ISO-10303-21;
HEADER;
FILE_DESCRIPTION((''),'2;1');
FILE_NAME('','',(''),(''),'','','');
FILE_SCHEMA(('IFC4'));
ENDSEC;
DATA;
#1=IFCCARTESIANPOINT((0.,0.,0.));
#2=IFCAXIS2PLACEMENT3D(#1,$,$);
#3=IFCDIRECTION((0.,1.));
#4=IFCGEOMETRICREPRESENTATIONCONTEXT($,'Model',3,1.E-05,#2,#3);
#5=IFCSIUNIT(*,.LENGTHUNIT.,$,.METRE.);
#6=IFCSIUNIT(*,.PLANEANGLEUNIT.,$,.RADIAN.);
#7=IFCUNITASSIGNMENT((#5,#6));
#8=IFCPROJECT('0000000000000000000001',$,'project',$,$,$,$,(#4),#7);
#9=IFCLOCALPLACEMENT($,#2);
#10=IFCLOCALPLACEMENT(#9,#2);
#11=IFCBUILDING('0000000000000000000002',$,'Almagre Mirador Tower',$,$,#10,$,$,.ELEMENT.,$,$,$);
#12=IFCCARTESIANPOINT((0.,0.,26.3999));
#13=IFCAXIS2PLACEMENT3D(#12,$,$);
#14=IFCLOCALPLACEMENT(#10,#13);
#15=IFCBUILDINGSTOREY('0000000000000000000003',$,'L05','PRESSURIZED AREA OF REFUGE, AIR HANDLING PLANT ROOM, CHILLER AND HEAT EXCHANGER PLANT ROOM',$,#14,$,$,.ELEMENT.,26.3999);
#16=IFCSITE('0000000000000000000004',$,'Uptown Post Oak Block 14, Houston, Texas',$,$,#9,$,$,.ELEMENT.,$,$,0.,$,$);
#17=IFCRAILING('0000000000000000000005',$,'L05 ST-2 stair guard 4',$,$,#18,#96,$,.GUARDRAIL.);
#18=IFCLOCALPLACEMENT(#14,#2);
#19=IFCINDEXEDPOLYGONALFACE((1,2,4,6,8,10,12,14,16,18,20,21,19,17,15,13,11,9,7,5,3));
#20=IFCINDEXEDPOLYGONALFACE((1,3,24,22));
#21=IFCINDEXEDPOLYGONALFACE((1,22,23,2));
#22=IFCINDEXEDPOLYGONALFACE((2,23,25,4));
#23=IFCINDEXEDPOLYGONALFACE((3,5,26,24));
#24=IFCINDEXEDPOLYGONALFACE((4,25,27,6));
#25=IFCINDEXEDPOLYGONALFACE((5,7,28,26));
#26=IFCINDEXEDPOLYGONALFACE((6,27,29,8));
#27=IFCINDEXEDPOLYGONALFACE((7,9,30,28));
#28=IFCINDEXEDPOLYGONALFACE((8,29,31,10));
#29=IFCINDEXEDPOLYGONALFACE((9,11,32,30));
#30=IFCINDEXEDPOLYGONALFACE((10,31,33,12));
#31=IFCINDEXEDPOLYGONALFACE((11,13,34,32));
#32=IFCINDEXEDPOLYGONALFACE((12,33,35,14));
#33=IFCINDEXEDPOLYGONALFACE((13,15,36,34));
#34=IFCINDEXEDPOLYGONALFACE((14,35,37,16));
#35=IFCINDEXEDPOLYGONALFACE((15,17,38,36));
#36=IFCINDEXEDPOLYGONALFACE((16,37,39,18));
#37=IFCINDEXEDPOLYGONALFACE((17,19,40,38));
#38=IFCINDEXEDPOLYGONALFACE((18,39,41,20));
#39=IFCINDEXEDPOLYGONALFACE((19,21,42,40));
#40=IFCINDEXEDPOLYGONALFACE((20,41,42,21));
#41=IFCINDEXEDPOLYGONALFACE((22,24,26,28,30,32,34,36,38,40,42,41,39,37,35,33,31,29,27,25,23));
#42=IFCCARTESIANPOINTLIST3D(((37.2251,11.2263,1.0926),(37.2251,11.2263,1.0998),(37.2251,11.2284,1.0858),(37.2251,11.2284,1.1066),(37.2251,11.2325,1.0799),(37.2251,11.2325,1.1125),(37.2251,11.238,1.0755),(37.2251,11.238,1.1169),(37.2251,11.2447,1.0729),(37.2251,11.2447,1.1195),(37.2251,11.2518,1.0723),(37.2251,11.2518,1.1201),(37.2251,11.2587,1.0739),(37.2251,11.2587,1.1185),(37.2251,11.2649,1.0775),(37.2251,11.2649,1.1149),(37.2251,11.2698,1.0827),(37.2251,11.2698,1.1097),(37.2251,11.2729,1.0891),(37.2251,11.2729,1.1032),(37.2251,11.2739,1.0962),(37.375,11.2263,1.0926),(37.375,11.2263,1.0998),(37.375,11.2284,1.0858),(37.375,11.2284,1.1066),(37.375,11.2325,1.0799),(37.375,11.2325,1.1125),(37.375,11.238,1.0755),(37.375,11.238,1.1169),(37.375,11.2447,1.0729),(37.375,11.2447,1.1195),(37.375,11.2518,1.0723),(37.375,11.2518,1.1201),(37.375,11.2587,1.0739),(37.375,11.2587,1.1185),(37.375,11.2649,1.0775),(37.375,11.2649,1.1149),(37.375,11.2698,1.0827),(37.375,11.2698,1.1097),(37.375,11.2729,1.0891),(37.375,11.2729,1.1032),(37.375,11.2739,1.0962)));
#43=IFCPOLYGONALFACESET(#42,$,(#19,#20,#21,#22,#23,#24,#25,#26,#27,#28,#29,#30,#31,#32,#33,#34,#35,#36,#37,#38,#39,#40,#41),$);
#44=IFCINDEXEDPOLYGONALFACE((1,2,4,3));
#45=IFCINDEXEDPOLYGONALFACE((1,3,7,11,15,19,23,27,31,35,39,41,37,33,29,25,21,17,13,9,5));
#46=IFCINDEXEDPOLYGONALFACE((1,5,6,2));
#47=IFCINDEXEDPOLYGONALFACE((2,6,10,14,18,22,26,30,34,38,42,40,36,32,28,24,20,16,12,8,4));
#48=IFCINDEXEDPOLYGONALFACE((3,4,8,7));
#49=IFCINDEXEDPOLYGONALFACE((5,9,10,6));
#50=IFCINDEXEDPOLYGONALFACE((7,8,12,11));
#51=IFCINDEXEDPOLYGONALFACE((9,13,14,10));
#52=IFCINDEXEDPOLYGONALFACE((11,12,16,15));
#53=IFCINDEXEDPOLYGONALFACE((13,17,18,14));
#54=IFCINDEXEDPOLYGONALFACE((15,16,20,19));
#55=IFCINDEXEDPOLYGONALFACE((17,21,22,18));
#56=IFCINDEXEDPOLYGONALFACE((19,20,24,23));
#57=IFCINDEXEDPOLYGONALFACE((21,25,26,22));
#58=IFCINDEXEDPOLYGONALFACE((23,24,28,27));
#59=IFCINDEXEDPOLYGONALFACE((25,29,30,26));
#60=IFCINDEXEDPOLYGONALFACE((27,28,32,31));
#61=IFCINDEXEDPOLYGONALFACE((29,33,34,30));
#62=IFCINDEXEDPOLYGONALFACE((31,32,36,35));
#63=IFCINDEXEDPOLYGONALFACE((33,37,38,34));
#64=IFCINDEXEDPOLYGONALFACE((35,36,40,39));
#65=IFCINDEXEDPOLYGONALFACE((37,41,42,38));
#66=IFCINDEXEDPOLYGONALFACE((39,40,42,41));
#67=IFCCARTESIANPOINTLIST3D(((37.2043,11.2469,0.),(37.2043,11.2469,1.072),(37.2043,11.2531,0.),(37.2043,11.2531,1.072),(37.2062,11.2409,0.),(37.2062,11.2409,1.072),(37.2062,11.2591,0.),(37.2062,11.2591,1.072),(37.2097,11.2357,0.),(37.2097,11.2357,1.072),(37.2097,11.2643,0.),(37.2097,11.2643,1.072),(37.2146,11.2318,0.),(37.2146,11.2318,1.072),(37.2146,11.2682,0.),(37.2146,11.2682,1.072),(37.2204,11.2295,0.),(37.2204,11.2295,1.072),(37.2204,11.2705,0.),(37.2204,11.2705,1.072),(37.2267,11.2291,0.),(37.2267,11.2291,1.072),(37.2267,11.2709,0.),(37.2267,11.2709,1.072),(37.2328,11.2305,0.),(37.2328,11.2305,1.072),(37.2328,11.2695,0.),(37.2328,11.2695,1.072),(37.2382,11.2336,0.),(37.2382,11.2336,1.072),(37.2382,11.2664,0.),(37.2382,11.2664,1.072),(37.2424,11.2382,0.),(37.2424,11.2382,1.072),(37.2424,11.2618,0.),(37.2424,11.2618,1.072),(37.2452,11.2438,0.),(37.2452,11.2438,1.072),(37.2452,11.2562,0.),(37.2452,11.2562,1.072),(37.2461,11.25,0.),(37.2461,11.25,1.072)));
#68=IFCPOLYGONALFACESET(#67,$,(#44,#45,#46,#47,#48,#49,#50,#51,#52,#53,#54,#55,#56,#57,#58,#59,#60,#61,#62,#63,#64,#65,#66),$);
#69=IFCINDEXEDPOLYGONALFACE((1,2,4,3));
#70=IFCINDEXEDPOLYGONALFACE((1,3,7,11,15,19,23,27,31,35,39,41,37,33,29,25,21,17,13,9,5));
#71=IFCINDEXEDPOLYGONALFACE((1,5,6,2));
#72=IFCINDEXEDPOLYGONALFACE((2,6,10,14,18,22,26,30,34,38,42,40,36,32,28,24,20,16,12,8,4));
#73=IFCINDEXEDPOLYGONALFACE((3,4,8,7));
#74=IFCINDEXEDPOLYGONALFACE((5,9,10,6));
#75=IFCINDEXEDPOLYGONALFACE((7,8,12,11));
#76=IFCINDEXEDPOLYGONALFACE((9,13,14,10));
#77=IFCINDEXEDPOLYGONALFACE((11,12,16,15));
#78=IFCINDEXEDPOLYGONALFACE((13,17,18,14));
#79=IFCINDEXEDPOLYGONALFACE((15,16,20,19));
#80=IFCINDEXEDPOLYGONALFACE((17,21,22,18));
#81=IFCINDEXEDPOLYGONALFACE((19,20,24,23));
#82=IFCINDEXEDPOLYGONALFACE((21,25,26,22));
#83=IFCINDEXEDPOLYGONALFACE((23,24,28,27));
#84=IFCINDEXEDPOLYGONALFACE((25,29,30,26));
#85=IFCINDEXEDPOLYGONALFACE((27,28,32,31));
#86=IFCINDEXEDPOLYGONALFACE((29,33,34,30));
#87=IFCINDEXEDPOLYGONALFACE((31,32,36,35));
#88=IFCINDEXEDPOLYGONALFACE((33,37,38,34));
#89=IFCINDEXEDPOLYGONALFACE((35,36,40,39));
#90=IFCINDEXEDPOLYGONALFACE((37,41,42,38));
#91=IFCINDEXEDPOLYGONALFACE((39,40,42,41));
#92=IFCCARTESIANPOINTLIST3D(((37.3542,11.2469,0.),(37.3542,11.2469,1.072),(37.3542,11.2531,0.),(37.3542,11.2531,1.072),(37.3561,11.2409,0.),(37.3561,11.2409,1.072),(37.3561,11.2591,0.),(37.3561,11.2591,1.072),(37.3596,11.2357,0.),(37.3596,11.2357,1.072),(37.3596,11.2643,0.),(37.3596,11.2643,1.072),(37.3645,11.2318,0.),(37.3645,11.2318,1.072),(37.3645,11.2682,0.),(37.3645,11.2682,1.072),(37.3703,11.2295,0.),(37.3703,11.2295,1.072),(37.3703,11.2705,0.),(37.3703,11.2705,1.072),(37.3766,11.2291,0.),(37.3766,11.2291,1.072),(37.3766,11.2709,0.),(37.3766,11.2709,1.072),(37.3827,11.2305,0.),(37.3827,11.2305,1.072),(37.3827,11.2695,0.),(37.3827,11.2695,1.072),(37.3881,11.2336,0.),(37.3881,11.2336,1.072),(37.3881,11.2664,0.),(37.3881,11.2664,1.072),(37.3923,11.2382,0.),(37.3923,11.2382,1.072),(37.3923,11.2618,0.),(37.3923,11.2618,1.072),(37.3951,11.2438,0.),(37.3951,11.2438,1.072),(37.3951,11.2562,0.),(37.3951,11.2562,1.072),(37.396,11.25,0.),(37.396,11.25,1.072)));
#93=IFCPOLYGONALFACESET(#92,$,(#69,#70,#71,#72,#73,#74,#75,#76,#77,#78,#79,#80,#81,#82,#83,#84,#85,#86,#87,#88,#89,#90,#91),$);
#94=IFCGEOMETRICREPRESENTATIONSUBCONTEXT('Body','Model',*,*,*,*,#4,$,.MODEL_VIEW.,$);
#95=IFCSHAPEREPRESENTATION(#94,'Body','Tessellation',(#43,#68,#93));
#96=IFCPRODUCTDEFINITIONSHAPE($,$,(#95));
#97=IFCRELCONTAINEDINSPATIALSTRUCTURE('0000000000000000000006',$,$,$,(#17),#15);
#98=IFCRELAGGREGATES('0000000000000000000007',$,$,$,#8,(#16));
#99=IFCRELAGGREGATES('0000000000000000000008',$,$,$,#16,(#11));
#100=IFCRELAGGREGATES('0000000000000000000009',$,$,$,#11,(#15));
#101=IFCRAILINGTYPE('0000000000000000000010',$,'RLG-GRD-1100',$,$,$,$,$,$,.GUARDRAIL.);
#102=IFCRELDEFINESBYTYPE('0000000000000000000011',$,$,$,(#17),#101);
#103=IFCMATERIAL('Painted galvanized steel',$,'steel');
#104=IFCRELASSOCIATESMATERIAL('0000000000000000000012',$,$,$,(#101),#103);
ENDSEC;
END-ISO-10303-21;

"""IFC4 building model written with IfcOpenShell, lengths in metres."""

from ifc_helpers import new_model, si_unit, direction, frame, origin, origin_2d, place, context, subcontext, project, spatial, circle, extrude, material, type_object, element, save


model = new_model("IFC4")

# Units and contexts
model_context = context("Model", 3, precision=1e-05, world=origin(), true_north=direction((0.0, 1.0)))
body_context = subcontext(model_context, "Body", "Model", "MODEL_VIEW")
ifc_project = project(units=[si_unit("LENGTHUNIT", "METRE"), si_unit("PLANEANGLEUNIT", "RADIAN")], contexts=[model_context])

# Site, building, storey
site_placement = place(None, origin())
site = spatial("IfcSite", under=ifc_project, at=site_placement, Name="Uptown Post Oak Block 14, Houston, Texas", CompositionType="ELEMENT", RefElevation=0.0)
building_placement = place(site_placement, origin())
building = spatial("IfcBuilding", under=site, at=building_placement, Name="Almagre Mirador Tower", CompositionType="ELEMENT")
storey_placement = place(building_placement, frame((0.0, 0.0, 26.3999)))
storey = spatial("IfcBuildingStorey", under=building, at=storey_placement, Name="L05", Description="PRESSURIZED AREA OF REFUGE, AIR HANDLING PLANT ROOM, CHILLER AND HEAT EXCHANGER PLANT ROOM", CompositionType="ELEMENT", Elevation=26.3999)

# Railing
ifc_material_1 = material(Name="Painted galvanized steel", Category="steel")
railing_type_1 = type_object("IfcRailingType", Name="RLG-GRD-1100", PredefinedType="GUARDRAIL", material=ifc_material_1)
railing_1_placement = place(storey_placement, frame((37.2251, 11.25, 0.0)))
element("IfcRailing", 1, at=railing_1_placement, inside=storey, type_object=railing_type_1, Name="L05 ST-2 stair guard 4", PredefinedType="GUARDRAIL", context=body_context, shape_type="SweptSolid", body=[
    extrude(circle(Radius=0.0239, at=origin_2d()), frame((0.0, 0.0, 1.0962), z_axis=(1.0, 0.0, 0.0), x_axis=(0.0, 1.0, 0.0)), (0.0, 0.0, 1.0), 0.1499),
    extrude(circle(Radius=0.021, at=origin_2d()), origin(), (0.0, 0.0, 1.0), 1.072),
    extrude(circle(Radius=0.021, at=origin_2d()), frame((0.1499, 0.0, 0.0)), (0.0, 0.0, 1.0), 1.072),
])

save(model, "model.ifc")
